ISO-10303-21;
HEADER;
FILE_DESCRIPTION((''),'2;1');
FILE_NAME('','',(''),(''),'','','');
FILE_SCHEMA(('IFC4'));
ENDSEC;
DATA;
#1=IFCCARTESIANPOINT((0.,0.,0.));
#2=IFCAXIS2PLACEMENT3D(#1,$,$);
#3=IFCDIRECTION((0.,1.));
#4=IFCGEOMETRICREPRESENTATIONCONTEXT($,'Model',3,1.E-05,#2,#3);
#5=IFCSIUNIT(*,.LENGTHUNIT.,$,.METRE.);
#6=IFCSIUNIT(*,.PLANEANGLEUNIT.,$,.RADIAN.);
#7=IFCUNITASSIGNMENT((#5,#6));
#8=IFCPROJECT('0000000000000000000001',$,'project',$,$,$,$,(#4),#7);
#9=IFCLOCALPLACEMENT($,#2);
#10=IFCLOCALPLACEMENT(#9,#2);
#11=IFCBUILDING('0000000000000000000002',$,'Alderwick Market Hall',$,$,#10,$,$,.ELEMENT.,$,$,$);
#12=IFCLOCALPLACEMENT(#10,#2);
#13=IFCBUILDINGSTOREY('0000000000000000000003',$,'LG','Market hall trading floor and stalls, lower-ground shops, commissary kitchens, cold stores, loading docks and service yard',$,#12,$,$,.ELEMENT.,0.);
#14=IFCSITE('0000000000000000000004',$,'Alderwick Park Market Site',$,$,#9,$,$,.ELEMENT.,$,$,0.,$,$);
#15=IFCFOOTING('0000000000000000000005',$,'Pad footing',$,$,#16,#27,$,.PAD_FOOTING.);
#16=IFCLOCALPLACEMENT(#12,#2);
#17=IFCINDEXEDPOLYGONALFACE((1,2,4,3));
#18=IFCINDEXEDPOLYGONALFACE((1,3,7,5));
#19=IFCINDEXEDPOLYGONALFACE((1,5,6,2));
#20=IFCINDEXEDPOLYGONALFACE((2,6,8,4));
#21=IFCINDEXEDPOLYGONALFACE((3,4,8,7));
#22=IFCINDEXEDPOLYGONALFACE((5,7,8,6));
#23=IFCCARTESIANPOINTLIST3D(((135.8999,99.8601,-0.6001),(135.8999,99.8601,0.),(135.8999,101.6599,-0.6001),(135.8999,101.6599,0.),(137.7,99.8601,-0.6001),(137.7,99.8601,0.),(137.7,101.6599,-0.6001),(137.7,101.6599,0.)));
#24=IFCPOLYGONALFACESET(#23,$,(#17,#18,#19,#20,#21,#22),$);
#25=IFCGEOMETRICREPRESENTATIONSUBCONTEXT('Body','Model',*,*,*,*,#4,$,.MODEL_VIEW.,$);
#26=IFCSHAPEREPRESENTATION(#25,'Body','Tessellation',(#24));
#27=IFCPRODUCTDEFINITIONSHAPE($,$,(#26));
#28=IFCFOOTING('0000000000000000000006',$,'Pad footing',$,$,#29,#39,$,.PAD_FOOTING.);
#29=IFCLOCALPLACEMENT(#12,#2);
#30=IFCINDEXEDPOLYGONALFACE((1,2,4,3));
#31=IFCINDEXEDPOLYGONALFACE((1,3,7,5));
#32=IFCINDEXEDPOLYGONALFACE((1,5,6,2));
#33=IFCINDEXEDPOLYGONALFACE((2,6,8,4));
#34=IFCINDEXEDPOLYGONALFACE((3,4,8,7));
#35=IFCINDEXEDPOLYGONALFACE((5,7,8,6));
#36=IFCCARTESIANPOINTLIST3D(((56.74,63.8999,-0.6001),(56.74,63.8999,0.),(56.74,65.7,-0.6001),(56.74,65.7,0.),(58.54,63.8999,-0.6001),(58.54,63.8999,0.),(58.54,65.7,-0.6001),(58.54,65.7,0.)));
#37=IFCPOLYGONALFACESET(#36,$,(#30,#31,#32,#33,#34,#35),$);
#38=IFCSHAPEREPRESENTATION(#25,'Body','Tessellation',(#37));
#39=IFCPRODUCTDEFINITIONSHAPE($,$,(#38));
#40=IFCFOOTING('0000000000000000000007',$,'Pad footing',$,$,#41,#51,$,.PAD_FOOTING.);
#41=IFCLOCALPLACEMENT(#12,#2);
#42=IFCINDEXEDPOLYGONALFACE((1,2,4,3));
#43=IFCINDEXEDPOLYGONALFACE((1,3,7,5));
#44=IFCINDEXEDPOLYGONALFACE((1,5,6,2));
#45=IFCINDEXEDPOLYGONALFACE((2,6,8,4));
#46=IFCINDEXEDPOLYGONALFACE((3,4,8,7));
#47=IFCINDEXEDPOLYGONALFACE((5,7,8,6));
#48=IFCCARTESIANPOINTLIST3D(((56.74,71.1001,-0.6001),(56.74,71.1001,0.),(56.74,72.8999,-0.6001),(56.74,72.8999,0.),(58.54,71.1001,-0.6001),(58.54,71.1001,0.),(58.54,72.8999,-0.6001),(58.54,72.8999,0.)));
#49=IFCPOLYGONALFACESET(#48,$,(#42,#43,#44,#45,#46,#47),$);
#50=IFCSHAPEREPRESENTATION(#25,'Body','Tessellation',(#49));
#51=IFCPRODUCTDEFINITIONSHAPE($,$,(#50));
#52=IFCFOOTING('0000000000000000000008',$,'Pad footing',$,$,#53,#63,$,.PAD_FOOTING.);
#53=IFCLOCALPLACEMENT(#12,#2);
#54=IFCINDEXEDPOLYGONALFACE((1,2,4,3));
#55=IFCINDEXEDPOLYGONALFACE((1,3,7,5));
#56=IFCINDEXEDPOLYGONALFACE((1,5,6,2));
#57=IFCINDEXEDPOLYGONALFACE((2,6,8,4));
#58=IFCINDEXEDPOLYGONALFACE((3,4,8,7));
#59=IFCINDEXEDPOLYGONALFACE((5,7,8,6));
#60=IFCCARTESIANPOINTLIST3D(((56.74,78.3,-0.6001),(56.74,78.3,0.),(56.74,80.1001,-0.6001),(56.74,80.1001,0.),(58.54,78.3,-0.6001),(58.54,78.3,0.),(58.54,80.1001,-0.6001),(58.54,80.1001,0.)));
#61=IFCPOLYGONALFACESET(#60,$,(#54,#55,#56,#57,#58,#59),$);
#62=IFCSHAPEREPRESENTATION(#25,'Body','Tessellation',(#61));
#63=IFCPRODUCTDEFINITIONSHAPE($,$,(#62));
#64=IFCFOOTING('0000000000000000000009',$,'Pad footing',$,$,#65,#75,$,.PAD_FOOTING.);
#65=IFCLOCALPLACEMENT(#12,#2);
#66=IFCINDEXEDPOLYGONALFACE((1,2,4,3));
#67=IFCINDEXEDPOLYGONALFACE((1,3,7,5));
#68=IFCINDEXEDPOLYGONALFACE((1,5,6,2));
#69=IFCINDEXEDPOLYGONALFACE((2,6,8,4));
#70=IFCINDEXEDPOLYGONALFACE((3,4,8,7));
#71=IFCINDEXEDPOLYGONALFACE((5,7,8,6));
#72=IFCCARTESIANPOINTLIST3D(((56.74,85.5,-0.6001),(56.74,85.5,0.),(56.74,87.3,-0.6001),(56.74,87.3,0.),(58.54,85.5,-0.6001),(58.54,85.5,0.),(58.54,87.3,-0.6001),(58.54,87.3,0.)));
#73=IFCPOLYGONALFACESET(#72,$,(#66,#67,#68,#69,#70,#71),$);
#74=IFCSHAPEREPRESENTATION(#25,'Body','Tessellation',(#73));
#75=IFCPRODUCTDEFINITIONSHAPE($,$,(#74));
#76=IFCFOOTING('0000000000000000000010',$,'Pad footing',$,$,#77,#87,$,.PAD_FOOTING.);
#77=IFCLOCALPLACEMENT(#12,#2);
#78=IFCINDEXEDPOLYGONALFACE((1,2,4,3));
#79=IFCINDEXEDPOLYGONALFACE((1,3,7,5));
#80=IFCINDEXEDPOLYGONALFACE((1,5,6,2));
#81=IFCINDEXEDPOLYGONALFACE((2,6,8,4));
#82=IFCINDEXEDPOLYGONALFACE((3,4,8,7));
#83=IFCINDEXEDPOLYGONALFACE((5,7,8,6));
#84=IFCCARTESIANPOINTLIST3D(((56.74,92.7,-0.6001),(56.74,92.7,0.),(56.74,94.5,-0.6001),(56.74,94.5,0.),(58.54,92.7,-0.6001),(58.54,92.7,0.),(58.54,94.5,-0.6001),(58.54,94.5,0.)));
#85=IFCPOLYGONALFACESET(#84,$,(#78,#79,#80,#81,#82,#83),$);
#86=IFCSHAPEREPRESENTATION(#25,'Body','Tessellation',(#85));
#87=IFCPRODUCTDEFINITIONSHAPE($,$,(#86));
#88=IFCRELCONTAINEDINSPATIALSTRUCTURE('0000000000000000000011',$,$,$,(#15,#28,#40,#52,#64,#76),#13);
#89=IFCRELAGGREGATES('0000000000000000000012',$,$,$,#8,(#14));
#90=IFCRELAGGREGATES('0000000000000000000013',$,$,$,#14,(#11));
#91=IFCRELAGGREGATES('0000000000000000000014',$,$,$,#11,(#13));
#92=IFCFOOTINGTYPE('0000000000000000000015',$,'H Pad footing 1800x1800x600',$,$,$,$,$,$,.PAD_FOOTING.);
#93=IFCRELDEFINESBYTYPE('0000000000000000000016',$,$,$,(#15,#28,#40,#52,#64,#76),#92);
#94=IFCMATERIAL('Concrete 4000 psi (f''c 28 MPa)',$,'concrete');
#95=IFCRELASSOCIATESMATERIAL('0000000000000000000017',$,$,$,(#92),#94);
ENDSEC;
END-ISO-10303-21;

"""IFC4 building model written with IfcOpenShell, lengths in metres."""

from ifc_helpers import new_model, si_unit, direction, frame, origin, place, context, subcontext, project, spatial, polyline, outline, extrude, material, type_object, element, save


model = new_model("IFC4")

# Units and contexts
model_context = context("Model", 3, precision=1e-05, world=origin(), true_north=direction((0.0, 1.0)))
body_context = subcontext(model_context, "Body", "Model", "MODEL_VIEW")
ifc_project = project(units=[si_unit("LENGTHUNIT", "METRE"), si_unit("PLANEANGLEUNIT", "RADIAN")], contexts=[model_context])

# Site, building, storey
site_placement = place(None, origin())
site = spatial("IfcSite", under=ifc_project, at=site_placement, Name="Alderwick Park Market Site", CompositionType="ELEMENT", RefElevation=0.0)
building_placement = place(site_placement, origin())
building = spatial("IfcBuilding", under=site, at=building_placement, Name="Alderwick Market Hall", CompositionType="ELEMENT")
storey_placement = place(building_placement, origin())
storey = spatial("IfcBuildingStorey", under=building, at=storey_placement, Name="LG", Description="Market hall trading floor and stalls, lower-ground shops, commissary kitchens, cold stores, loading docks and service yard", CompositionType="ELEMENT", Elevation=0.0)

# Footings
ifc_material = material(Name="Concrete 4000 psi (f'c 28 MPa)", Category="concrete")
footing_type_1 = type_object("IfcFootingType", Name="H Pad footing 1800x1800x600", PredefinedType="PAD_FOOTING", material=ifc_material)
footing_1_placement = place(storey_placement, frame((0.0, 0.0, -0.6001)))
element("IfcFooting", 1, at=footing_1_placement, inside=storey, type_object=footing_type_1, Name="Pad footing", PredefinedType="PAD_FOOTING", context=body_context, shape_type="SweptSolid", body=[
    extrude(outline(polyline([(135.8999, 99.8601), (135.8999, 101.6599), (137.7, 101.6599), (137.7, 99.8601), (135.8999, 99.8601)])), origin(), (0.0, 0.0, 1.0), 0.6001),
])
footing_2_placement = place(storey_placement, frame((0.0, 0.0, -0.6001)))
element("IfcFooting", 2, at=footing_2_placement, inside=storey, type_object=footing_type_1, Name="Pad footing", PredefinedType="PAD_FOOTING", context=body_context, shape_type="SweptSolid", body=[
    extrude(outline(polyline([(56.74, 63.8999), (56.74, 65.7), (58.54, 65.7), (58.54, 63.8999), (56.74, 63.8999)])), origin(), (0.0, 0.0, 1.0), 0.6001),
])
footing_3_placement = place(storey_placement, frame((0.0, 0.0, -0.6001)))
element("IfcFooting", 3, at=footing_3_placement, inside=storey, type_object=footing_type_1, Name="Pad footing", PredefinedType="PAD_FOOTING", context=body_context, shape_type="SweptSolid", body=[
    extrude(outline(polyline([(56.74, 71.1001), (56.74, 72.8999), (58.54, 72.8999), (58.54, 71.1001), (56.74, 71.1001)])), origin(), (0.0, 0.0, 1.0), 0.6001),
])
footing_4_placement = place(storey_placement, frame((0.0, 0.0, -0.6001)))
element("IfcFooting", 4, at=footing_4_placement, inside=storey, type_object=footing_type_1, Name="Pad footing", PredefinedType="PAD_FOOTING", context=body_context, shape_type="SweptSolid", body=[
    extrude(outline(polyline([(56.74, 78.3), (56.74, 80.1001), (58.54, 80.1001), (58.54, 78.3), (56.74, 78.3)])), origin(), (0.0, 0.0, 1.0), 0.6001),
])
footing_5_placement = place(storey_placement, frame((0.0, 0.0, -0.6001)))
element("IfcFooting", 5, at=footing_5_placement, inside=storey, type_object=footing_type_1, Name="Pad footing", PredefinedType="PAD_FOOTING", context=body_context, shape_type="SweptSolid", body=[
    extrude(outline(polyline([(56.74, 85.5), (56.74, 87.3), (58.54, 87.3), (58.54, 85.5), (56.74, 85.5)])), origin(), (0.0, 0.0, 1.0), 0.6001),
])
footing_6_placement = place(storey_placement, frame((0.0, 0.0, -0.6001)))
element("IfcFooting", 6, at=footing_6_placement, inside=storey, type_object=footing_type_1, Name="Pad footing", PredefinedType="PAD_FOOTING", context=body_context, shape_type="SweptSolid", body=[
    extrude(outline(polyline([(56.74, 92.7), (56.74, 94.5), (58.54, 94.5), (58.54, 92.7), (56.74, 92.7)])), origin(), (0.0, 0.0, 1.0), 0.6001),
])

save(model, "model.ifc")
